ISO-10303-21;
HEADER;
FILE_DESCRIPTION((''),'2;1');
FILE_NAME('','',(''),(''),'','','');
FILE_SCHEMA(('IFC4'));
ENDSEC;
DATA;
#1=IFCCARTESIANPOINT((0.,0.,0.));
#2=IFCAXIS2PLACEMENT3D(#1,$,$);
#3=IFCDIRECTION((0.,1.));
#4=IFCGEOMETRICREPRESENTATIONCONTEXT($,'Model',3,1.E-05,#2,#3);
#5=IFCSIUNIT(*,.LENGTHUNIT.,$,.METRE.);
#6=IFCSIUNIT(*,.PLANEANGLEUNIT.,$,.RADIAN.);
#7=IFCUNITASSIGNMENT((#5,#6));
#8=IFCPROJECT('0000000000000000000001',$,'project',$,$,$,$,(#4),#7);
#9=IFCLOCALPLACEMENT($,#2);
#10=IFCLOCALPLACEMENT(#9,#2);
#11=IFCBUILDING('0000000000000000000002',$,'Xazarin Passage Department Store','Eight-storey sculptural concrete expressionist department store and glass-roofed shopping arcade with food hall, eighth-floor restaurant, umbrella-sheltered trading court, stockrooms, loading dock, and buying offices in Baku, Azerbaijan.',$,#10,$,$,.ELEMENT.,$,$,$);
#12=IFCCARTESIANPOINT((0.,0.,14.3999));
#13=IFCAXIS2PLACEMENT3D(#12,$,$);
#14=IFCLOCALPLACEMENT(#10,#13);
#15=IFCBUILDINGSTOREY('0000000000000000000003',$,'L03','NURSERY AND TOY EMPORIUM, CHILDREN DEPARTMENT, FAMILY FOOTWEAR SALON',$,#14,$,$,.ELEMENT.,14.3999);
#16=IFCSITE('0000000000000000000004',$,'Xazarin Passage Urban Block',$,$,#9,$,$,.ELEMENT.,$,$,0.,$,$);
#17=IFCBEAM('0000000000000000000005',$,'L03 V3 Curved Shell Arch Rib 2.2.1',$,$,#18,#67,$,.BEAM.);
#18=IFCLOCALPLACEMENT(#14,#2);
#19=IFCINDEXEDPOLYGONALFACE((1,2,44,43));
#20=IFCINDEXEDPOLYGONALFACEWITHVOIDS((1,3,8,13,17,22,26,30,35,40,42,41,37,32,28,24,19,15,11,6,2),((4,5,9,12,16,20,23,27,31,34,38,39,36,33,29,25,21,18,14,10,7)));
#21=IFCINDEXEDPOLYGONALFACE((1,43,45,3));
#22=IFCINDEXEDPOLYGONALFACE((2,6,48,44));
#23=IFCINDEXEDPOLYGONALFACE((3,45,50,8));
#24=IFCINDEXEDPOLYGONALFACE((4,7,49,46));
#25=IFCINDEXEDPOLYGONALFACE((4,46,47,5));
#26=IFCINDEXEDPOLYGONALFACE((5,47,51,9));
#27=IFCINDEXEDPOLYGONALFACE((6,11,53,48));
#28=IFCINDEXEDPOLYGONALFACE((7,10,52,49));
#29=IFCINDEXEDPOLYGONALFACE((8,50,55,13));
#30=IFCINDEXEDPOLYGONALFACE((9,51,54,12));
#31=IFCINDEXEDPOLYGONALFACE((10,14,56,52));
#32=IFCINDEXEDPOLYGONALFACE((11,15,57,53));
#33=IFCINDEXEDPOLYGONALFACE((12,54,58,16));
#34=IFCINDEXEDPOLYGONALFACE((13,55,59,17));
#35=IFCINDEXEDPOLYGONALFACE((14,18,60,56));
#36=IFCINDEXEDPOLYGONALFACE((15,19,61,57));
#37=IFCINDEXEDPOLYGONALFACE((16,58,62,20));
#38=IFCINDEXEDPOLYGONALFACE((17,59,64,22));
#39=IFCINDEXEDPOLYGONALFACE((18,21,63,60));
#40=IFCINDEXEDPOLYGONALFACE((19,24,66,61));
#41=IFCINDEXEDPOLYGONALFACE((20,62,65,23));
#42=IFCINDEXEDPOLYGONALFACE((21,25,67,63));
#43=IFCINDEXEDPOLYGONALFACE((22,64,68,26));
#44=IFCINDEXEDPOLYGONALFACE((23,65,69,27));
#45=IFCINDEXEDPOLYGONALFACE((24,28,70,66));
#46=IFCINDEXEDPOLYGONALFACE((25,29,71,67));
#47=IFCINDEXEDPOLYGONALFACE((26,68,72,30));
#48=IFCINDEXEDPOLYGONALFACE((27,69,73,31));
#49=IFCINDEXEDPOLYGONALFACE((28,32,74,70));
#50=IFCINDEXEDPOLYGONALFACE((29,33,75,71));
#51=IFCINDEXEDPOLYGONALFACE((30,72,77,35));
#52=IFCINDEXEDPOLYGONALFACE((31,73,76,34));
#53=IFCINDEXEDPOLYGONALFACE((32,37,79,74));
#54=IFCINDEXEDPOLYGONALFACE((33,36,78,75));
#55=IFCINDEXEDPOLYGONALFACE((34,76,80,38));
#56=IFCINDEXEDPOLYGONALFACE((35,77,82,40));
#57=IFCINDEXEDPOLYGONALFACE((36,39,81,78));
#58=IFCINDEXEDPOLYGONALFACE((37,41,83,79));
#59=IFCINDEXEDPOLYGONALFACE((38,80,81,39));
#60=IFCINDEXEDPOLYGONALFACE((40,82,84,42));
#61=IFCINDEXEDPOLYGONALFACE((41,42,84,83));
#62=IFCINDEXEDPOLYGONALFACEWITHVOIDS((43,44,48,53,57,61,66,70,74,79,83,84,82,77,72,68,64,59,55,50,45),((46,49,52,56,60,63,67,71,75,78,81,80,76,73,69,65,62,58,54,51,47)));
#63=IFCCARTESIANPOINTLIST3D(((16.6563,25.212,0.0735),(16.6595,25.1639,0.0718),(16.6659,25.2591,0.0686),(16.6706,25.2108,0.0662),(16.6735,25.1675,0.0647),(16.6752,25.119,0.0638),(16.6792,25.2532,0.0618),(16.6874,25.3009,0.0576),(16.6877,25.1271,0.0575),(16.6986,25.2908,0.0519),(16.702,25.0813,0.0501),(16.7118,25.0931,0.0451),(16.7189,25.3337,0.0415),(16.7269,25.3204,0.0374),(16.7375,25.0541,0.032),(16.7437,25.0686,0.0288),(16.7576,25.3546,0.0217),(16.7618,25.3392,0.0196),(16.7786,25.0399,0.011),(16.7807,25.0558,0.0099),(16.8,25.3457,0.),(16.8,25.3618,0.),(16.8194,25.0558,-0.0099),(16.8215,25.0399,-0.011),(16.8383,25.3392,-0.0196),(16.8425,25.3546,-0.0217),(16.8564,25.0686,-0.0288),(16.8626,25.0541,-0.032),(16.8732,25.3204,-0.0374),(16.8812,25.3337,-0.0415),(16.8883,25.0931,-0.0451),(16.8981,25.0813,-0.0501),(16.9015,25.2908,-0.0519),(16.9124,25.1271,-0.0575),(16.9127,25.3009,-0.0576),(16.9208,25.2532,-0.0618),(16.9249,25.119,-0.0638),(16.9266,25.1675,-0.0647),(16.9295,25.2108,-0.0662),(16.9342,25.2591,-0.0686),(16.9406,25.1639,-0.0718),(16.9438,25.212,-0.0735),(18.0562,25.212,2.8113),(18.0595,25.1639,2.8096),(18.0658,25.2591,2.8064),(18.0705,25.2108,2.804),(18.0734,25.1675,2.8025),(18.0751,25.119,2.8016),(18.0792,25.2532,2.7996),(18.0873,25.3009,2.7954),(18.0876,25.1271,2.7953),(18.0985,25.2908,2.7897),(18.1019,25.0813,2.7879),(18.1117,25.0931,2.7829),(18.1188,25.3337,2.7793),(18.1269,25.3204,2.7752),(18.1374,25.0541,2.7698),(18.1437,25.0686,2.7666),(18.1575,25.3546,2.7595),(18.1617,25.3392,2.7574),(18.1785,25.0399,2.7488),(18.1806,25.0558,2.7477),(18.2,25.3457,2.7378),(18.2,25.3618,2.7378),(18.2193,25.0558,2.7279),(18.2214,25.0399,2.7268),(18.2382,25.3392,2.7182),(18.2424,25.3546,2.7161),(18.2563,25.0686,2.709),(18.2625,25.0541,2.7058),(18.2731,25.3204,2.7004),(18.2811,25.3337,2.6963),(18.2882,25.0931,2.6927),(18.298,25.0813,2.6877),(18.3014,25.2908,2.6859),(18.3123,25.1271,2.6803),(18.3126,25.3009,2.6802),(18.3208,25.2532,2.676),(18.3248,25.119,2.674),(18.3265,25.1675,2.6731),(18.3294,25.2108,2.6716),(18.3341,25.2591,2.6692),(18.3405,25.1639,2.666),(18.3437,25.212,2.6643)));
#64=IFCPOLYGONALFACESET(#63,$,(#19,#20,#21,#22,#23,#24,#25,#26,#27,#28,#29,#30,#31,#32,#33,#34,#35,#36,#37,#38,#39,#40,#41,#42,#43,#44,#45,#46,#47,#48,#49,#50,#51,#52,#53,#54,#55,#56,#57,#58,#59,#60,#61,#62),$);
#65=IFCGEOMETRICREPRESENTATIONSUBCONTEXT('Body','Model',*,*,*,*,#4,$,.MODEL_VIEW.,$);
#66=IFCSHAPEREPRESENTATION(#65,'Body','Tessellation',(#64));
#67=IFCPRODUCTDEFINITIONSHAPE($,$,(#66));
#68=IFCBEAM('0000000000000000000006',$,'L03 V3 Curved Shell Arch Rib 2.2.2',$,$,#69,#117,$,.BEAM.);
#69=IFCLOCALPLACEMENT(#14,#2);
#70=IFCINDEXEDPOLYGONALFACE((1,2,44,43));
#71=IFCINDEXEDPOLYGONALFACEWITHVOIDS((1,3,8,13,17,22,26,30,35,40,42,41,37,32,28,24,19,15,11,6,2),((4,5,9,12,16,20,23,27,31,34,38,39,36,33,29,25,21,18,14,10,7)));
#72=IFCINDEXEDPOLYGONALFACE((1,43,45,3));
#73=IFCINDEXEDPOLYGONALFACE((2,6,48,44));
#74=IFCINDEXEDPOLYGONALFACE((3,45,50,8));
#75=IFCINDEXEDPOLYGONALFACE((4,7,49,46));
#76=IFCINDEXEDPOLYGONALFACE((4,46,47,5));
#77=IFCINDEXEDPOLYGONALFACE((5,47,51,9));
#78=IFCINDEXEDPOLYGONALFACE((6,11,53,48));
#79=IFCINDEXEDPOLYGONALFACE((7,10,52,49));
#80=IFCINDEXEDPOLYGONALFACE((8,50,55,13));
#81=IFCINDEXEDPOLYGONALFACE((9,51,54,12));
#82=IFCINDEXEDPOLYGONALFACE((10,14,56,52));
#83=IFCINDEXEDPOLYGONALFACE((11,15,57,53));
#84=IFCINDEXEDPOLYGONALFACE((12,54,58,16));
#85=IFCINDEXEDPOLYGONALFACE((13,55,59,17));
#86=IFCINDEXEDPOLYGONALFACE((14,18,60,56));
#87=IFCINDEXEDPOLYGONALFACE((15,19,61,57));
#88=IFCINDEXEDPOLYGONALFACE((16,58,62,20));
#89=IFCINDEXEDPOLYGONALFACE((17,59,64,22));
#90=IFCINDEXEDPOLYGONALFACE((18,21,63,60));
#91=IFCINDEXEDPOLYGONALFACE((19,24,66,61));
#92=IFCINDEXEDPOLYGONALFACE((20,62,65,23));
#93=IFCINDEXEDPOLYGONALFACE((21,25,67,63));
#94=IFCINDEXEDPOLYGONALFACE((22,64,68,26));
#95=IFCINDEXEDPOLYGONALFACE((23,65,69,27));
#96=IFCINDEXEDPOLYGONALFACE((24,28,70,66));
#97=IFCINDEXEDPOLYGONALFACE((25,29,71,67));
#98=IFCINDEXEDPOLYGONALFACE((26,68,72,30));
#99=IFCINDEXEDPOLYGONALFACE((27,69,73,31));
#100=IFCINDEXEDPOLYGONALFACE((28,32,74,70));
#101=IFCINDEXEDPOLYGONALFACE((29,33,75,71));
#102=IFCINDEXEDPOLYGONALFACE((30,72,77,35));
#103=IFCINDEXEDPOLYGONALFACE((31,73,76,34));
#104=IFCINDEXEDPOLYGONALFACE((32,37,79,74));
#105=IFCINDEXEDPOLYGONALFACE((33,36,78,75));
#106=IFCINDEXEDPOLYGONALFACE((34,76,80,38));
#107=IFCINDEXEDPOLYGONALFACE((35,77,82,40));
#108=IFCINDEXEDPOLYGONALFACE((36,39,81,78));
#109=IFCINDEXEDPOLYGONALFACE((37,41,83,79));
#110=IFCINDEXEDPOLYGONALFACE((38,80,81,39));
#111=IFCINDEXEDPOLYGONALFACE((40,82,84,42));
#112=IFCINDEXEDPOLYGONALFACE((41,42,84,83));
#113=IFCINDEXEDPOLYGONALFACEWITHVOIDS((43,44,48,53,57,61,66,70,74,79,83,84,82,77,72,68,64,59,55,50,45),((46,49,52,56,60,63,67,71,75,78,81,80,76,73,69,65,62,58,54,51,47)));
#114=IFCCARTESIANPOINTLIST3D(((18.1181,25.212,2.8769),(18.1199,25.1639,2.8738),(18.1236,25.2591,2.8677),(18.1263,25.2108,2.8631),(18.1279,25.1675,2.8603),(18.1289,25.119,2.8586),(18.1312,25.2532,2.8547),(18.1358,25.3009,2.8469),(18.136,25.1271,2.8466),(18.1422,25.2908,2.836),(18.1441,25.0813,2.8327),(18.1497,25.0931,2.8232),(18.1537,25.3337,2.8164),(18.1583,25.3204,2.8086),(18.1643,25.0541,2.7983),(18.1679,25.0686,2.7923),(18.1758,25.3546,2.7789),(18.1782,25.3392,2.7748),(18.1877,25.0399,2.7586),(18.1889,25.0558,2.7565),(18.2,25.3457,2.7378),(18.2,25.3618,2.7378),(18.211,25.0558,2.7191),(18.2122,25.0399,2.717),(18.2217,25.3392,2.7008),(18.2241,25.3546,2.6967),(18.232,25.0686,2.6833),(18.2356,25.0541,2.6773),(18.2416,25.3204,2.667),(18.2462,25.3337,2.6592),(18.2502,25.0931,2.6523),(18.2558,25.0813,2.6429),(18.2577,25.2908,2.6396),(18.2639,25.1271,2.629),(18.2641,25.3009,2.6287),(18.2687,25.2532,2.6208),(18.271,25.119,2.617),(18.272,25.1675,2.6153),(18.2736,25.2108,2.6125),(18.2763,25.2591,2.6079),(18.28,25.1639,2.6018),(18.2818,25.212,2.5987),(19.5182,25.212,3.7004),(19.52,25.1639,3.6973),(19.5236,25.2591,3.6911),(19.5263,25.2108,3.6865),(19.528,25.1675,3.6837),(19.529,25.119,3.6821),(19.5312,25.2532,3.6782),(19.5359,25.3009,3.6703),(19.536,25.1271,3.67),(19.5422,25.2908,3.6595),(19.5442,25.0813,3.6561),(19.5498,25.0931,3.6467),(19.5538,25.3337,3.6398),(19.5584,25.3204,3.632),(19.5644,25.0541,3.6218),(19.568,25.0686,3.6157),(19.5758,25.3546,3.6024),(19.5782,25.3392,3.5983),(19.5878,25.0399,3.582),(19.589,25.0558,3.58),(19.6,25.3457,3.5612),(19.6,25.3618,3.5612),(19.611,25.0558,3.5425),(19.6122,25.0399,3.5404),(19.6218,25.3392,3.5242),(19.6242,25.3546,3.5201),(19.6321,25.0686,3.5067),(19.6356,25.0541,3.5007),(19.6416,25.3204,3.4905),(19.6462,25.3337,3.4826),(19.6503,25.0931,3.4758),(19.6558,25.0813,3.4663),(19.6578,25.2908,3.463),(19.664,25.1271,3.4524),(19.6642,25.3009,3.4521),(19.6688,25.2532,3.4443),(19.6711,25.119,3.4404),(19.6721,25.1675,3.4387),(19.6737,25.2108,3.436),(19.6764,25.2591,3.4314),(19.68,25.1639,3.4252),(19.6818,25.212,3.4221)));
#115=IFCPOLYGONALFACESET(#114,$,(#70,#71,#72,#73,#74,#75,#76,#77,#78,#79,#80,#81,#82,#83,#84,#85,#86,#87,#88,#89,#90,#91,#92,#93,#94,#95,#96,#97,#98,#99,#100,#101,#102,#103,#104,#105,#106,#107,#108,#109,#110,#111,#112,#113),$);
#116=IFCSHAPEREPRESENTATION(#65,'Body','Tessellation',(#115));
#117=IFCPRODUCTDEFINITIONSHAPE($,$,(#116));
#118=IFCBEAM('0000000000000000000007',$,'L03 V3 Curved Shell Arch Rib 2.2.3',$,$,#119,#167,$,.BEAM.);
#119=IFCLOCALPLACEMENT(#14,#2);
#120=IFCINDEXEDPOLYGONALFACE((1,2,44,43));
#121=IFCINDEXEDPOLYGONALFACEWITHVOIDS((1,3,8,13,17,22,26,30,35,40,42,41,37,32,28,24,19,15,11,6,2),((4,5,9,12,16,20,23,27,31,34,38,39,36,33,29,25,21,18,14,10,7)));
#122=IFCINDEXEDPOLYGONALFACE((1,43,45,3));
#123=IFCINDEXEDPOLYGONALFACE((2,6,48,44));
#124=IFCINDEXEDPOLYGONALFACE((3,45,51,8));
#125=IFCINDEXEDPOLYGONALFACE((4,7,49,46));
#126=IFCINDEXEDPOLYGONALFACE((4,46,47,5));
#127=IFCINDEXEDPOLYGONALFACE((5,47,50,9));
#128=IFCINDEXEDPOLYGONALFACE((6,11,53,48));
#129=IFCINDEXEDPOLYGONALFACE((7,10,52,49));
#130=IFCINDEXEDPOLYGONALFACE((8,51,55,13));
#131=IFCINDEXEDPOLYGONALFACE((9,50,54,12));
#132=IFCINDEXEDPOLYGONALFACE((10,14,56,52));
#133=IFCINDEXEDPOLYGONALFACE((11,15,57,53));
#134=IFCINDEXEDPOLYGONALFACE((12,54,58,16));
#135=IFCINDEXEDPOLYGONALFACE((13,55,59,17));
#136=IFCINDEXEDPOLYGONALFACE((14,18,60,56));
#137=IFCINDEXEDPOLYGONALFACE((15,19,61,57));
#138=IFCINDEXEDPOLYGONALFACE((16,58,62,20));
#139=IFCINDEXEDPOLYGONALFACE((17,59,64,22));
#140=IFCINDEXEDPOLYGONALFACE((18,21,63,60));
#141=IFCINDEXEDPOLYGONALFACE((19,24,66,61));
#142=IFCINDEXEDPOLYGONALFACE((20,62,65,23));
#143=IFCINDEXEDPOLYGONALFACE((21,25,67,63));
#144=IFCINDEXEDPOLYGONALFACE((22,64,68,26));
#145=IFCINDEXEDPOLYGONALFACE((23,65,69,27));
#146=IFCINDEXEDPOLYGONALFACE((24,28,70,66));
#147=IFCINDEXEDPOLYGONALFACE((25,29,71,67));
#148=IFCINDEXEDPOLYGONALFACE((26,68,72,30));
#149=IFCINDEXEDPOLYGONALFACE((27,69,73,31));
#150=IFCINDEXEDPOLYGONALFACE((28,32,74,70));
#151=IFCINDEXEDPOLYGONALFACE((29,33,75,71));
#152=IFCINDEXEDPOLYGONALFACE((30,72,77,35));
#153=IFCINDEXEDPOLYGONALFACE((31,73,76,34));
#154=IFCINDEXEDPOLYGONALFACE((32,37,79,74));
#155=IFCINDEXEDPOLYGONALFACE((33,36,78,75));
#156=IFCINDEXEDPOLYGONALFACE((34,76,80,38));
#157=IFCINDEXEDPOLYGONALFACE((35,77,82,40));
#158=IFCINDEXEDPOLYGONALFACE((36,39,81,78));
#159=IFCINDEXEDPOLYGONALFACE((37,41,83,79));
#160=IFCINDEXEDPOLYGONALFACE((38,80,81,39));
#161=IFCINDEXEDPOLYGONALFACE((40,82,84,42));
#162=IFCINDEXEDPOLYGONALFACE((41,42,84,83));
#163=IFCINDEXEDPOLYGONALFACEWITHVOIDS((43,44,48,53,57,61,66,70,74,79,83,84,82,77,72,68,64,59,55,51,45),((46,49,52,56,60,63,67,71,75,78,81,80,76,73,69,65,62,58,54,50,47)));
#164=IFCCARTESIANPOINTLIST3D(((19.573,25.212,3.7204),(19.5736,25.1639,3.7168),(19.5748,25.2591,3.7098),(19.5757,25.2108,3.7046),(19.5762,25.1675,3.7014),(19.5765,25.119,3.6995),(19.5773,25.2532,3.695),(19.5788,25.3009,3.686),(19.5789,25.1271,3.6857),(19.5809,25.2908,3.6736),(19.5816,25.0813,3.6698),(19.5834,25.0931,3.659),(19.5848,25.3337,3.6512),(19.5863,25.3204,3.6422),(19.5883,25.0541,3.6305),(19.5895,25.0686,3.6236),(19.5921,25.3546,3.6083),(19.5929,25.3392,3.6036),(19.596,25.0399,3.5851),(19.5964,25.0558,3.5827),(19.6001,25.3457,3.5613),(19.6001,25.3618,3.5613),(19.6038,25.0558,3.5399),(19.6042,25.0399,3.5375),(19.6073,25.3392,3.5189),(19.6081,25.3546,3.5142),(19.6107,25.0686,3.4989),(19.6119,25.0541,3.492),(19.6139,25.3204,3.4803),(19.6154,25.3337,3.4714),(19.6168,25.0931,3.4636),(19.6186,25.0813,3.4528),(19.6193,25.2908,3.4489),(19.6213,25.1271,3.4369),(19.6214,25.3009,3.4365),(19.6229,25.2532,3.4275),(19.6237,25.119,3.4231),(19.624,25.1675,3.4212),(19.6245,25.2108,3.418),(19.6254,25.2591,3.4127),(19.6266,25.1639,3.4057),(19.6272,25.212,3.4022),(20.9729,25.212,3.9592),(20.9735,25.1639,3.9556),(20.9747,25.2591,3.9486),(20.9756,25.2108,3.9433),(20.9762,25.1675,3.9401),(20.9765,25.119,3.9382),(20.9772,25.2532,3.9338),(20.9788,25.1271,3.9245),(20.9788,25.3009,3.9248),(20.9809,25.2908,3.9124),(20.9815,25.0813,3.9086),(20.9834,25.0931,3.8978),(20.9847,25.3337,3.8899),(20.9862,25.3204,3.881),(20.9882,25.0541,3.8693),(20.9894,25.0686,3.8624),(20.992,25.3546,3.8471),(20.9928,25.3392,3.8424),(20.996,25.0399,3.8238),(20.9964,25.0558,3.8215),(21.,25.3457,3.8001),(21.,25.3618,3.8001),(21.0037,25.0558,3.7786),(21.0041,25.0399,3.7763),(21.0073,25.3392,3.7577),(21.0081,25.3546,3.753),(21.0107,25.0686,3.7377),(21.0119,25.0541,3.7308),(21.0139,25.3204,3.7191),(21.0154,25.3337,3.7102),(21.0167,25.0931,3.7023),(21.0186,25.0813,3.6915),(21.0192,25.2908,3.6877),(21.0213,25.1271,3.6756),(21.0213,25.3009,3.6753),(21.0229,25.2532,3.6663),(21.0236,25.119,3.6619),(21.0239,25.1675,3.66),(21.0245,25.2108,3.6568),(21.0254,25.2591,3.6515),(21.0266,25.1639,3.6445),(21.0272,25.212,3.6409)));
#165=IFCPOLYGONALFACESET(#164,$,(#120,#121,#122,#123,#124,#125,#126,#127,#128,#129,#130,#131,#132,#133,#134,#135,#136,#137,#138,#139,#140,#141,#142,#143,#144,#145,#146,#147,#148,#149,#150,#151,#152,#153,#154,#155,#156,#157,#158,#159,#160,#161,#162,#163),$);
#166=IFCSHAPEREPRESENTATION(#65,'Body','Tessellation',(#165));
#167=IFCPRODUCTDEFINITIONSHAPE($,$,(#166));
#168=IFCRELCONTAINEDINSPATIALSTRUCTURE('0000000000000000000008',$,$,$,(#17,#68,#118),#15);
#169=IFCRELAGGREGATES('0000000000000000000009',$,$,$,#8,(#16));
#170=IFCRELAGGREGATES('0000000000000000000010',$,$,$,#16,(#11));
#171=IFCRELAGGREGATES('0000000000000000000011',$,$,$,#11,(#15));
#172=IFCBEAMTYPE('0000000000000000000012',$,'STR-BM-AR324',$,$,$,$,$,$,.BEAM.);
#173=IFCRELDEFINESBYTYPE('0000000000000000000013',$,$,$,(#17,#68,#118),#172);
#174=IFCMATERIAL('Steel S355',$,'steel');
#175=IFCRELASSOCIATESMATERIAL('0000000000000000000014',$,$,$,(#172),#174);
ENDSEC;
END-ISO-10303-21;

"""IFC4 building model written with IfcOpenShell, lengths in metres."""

from ifc_helpers import new_model, si_unit, direction, frame, origin, origin_2d, place, context, subcontext, project, spatial, hollow_circle, extrude, material, material_profile, profile_set, type_object, element, save


model = new_model("IFC4")

# Units and contexts
model_context = context("Model", 3, precision=1e-05, world=origin(), true_north=direction((0.0, 1.0)))
body_context = subcontext(model_context, "Body", "Model", "MODEL_VIEW")
ifc_project = project(units=[si_unit("LENGTHUNIT", "METRE"), si_unit("PLANEANGLEUNIT", "RADIAN")], contexts=[model_context])

# Site, building, storey
site_placement = place(None, origin())
site = spatial("IfcSite", under=ifc_project, at=site_placement, Name="Xazarin Passage Urban Block", CompositionType="ELEMENT", RefElevation=0.0)
building_placement = place(site_placement, origin())
building = spatial("IfcBuilding", under=site, at=building_placement, Name="Xazarin Passage Department Store", Description="Eight-storey sculptural concrete expressionist department store and glass-roofed shopping arcade with food hall, eighth-floor restaurant, umbrella-sheltered trading court, stockrooms, loading dock, and buying offices in Baku, Azerbaijan.", CompositionType="ELEMENT")
storey_placement = place(building_placement, frame((0.0, 0.0, 14.3999)))
storey = spatial("IfcBuildingStorey", under=building, at=storey_placement, Name="L03", Description="NURSERY AND TOY EMPORIUM, CHILDREN DEPARTMENT, FAMILY FOOTWEAR SALON", CompositionType="ELEMENT", Elevation=14.3999)

# Beams
ifc_material_1 = material(Name="Steel S355", Category="steel")
ifc_material_profile_1 = material_profile(ifc_material_1, hollow_circle(Radius=0.1619, WallThickness=0.0161, at=origin_2d()), Name="CHS 323.9x16")
ifc_profile_set_1 = profile_set([ifc_material_profile_1], Name="Steel S355")
beam_type_1 = type_object("IfcBeamType", Name="STR-BM-AR324", PredefinedType="BEAM", material=ifc_profile_set_1)
for number, where, z_axis, x_axis, name in (
    (1, (16.8, 25.2, 0.0), (0.455262, 0.0, 0.890357), (0.0, 1.0, 0.0), "L03 V3 Curved Shell Arch Rib 2.2.1"),
):
    element("IfcBeam", number, at=place(storey_placement, frame(where, z_axis=z_axis, x_axis=x_axis)), inside=storey, type_object=beam_type_1, Name=name, PredefinedType="BEAM", context=body_context, shape_type="SweptSolid", body=[
        extrude(hollow_circle(Radius=0.1619, WallThickness=0.0161, at=origin_2d()), origin(), (0.0, 0.0, 1.0), 3.075),
    ])
beam_1_placement = place(storey_placement, frame((18.2, 25.2, 2.7378), z_axis=(0.861969, 0.0, 0.506961), x_axis=(0.0, 1.0, 0.0)))
element("IfcBeam", 2, at=beam_1_placement, inside=storey, type_object=beam_type_1, Name="L03 V3 Curved Shell Arch Rib 2.2.2", PredefinedType="BEAM", context=body_context, shape_type="SweptSolid", body=[
    extrude(hollow_circle(Radius=0.1619, WallThickness=0.0161, at=origin_2d()), origin(), (0.0, 0.0, 1.0), 1.6243),
])
for number, where, z_axis, x_axis, name in (
    (3, (19.6001, 25.2, 3.5613), (0.985764, 0.0, 0.168133), (0.0, 1.0, 0.0), "L03 V3 Curved Shell Arch Rib 2.2.3"),
):
    element("IfcBeam", number, at=place(storey_placement, frame(where, z_axis=z_axis, x_axis=x_axis)), inside=storey, type_object=beam_type_1, Name=name, PredefinedType="BEAM", context=body_context, shape_type="SweptSolid", body=[
        extrude(hollow_circle(Radius=0.1619, WallThickness=0.0161, at=origin_2d()), origin(), (0.0, 0.0, 1.0), 1.4202),
    ])

save(model, "model.ifc")
